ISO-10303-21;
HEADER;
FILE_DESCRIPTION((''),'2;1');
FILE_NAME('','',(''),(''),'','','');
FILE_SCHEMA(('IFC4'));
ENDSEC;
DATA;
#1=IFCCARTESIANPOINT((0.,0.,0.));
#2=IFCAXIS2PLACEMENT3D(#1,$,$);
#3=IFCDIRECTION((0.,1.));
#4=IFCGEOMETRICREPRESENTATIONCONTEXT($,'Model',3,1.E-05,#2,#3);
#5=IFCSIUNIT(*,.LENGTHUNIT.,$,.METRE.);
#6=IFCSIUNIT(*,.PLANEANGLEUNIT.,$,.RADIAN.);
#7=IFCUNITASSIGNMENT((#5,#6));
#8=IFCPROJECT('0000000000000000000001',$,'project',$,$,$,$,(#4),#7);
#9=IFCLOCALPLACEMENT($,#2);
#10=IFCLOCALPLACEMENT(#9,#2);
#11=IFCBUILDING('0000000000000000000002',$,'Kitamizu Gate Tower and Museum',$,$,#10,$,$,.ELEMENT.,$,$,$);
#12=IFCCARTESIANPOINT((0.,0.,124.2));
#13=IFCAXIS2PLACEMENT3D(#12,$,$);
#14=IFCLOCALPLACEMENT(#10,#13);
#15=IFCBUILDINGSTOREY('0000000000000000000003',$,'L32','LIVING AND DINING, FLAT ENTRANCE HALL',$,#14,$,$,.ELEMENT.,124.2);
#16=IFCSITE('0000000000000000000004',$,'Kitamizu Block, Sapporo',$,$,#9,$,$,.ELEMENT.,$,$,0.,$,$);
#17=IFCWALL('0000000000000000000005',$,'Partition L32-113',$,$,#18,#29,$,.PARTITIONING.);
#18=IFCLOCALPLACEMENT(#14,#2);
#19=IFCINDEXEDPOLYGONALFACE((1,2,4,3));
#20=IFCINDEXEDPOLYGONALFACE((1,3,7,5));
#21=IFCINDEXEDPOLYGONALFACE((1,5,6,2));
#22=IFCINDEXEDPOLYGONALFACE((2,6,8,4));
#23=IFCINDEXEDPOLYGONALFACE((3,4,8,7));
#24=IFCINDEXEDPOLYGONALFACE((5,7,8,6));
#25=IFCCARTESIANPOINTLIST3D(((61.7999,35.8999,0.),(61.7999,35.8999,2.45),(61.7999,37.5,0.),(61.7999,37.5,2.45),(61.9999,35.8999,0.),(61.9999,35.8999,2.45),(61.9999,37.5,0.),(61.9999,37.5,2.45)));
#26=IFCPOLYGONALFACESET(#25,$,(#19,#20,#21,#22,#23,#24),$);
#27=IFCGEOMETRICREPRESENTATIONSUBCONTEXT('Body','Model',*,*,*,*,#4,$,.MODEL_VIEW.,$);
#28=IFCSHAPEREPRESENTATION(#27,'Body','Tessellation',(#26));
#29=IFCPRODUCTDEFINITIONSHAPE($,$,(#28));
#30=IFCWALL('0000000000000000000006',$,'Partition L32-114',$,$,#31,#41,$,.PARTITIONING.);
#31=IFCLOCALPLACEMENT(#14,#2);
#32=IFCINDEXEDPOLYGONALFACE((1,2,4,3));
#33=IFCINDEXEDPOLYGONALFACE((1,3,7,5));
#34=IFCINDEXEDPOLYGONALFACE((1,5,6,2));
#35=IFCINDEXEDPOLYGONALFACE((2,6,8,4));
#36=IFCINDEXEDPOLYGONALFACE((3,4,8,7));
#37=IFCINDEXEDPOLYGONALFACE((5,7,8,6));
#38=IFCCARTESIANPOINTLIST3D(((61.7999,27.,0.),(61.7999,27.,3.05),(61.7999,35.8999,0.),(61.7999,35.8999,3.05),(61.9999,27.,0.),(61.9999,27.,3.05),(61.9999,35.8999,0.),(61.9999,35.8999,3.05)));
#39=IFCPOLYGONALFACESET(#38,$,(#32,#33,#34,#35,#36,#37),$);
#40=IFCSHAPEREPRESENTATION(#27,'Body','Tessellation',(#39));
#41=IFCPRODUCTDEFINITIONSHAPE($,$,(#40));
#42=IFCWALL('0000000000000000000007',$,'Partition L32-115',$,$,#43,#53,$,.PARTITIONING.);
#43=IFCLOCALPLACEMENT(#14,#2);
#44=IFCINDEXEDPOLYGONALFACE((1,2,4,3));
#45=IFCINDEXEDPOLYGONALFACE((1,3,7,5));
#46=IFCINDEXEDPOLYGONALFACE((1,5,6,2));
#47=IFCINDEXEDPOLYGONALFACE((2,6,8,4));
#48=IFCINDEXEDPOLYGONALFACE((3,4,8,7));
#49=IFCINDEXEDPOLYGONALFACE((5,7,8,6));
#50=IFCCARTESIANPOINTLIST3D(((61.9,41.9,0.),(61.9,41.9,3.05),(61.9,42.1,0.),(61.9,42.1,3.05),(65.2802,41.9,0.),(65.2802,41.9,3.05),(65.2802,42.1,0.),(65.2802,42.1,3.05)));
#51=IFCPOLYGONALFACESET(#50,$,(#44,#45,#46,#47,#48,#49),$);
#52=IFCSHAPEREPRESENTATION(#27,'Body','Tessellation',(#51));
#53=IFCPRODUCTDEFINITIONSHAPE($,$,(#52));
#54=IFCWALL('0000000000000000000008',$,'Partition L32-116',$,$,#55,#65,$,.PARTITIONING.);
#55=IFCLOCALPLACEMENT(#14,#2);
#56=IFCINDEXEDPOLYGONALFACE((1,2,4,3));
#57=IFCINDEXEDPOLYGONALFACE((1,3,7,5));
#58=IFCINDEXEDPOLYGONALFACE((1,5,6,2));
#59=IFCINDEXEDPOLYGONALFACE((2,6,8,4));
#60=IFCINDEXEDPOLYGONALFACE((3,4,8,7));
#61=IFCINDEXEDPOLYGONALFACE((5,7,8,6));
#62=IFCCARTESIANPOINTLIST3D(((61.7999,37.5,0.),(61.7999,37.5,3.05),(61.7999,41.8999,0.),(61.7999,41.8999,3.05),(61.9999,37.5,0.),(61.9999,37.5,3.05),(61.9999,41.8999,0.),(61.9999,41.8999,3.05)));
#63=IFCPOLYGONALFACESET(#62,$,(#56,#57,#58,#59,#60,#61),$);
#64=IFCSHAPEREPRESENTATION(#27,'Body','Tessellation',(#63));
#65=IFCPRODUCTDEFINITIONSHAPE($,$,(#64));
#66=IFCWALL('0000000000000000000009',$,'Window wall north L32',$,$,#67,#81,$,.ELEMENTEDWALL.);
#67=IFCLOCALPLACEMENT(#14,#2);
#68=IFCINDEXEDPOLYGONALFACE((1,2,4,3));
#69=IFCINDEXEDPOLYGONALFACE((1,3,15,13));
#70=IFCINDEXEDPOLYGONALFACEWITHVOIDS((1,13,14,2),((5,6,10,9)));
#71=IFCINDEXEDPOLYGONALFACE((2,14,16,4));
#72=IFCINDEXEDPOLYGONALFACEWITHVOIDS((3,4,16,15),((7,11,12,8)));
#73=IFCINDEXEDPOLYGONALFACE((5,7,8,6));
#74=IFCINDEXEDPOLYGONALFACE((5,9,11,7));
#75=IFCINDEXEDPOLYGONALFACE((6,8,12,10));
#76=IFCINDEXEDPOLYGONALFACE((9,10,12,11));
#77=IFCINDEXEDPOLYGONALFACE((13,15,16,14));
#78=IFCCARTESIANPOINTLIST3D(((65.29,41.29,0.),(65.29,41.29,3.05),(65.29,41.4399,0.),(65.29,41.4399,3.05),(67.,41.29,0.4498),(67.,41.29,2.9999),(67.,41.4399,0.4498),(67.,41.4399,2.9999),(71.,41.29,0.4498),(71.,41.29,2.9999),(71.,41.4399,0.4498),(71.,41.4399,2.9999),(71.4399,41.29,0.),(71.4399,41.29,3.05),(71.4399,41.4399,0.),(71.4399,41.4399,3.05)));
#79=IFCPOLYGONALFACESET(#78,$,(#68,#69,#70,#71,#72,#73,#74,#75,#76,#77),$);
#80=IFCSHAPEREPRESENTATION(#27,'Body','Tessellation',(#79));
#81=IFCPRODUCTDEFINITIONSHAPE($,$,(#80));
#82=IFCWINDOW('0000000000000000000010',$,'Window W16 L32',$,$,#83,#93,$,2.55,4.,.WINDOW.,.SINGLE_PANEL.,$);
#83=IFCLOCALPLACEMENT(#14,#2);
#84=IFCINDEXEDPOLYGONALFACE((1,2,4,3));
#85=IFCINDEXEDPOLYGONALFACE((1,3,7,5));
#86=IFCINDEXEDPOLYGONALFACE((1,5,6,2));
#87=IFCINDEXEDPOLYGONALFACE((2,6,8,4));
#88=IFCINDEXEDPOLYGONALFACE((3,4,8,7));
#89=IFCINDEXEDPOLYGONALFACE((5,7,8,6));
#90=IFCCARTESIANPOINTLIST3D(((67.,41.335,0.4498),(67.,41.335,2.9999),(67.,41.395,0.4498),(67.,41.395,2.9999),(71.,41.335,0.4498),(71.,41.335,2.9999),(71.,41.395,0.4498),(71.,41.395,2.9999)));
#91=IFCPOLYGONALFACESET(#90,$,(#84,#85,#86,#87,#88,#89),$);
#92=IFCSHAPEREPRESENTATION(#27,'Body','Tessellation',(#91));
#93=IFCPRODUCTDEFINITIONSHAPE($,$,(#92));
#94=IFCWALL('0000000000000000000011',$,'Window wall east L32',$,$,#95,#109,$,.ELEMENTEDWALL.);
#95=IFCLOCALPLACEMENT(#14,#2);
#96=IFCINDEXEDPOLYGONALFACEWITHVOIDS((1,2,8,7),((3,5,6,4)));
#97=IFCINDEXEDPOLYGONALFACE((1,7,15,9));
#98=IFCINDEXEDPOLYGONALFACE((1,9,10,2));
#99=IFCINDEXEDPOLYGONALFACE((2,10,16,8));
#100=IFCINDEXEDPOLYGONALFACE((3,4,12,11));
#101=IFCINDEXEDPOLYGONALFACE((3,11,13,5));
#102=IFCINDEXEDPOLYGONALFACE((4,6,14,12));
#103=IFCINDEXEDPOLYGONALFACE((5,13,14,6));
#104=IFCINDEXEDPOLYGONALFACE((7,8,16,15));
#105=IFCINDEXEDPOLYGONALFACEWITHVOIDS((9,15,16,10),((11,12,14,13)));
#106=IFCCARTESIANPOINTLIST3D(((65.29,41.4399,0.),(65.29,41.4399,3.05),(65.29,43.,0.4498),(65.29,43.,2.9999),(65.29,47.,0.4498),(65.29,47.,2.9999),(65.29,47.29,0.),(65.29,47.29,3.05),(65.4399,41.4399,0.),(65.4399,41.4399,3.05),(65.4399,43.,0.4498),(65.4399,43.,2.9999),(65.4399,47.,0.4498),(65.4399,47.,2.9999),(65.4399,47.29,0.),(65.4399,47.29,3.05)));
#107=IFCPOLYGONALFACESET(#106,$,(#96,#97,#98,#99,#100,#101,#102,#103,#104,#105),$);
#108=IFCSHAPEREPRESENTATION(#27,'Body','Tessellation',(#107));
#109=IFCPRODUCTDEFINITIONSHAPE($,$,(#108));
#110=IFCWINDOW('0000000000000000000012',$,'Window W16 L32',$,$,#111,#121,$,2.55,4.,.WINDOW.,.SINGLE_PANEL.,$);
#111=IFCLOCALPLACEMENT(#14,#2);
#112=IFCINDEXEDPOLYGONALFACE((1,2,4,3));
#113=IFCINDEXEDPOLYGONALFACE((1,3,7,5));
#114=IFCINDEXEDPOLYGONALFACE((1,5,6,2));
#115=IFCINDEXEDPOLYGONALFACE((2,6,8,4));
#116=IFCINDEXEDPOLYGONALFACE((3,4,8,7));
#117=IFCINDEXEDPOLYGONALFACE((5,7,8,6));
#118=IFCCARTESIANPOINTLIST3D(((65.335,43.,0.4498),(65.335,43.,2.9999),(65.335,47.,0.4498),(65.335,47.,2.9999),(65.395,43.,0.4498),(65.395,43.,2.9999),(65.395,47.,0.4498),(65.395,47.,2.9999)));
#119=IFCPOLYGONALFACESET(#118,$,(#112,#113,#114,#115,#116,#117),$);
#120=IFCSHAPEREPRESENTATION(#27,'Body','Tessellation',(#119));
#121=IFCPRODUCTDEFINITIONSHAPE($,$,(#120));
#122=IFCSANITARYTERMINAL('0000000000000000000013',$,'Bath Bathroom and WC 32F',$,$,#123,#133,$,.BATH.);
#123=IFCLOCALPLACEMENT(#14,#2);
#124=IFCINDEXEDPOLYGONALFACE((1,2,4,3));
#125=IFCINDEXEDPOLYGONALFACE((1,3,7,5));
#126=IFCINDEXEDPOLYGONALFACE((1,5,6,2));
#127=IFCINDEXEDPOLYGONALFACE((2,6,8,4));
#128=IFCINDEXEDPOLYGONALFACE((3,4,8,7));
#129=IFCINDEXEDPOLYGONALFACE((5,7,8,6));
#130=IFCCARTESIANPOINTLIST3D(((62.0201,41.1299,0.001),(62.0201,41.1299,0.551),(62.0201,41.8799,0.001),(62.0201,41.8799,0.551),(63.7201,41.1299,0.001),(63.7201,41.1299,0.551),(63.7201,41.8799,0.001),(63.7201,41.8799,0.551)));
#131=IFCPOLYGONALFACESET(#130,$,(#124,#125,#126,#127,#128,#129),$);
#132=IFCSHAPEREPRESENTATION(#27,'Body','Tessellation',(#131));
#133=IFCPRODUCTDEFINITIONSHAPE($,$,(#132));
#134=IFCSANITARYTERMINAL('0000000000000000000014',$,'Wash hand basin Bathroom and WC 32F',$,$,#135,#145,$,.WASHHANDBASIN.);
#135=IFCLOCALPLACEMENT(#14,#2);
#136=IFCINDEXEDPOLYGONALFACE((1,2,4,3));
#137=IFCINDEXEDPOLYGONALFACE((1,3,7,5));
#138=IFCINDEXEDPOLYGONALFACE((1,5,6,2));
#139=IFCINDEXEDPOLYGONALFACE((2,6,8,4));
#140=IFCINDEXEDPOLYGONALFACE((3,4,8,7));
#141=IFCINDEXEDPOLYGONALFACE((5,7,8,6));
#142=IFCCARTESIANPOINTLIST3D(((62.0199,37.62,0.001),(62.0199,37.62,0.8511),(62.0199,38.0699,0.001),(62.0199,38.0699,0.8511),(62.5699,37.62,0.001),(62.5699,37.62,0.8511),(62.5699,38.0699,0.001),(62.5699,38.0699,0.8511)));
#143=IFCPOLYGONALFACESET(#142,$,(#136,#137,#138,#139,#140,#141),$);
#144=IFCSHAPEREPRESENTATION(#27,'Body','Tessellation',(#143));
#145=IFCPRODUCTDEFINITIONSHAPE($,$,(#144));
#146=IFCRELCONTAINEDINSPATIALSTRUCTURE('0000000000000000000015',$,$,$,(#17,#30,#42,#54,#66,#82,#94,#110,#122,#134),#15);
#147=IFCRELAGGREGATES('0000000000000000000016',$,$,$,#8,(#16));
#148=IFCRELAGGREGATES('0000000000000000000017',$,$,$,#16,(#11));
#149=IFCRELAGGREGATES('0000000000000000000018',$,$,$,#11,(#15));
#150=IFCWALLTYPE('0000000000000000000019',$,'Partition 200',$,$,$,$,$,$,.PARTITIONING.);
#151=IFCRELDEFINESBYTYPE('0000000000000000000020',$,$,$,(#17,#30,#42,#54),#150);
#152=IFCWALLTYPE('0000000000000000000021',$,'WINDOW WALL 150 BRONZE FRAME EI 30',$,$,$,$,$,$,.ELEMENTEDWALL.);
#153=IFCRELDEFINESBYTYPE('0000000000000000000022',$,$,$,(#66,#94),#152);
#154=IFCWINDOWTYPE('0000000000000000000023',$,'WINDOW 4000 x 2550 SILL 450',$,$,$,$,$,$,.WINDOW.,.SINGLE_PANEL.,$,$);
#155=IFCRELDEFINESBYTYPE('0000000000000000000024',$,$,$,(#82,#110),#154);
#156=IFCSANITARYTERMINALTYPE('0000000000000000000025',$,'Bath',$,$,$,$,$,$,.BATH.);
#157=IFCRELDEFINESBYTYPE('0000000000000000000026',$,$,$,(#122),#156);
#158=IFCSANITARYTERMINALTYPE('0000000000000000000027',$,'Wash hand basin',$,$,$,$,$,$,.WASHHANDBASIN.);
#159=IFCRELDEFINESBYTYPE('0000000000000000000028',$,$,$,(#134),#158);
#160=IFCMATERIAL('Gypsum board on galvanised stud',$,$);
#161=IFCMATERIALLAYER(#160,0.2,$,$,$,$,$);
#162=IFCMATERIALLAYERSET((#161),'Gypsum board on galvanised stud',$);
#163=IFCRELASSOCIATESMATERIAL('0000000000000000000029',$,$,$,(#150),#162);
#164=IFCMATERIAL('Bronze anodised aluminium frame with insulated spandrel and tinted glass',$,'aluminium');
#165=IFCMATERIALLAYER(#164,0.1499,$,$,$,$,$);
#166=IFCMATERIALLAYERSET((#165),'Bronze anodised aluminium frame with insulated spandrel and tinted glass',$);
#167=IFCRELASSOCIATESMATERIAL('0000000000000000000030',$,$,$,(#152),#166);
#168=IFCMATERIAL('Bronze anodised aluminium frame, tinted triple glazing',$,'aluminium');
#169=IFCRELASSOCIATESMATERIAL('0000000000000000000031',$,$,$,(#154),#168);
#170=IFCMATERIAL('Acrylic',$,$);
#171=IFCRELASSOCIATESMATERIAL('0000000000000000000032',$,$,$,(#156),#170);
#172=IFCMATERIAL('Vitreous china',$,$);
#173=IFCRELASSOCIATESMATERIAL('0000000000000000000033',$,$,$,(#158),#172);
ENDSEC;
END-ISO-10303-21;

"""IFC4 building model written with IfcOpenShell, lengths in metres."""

from ifc_helpers import new_model, si_unit, direction, frame, frame_2d, origin, origin_2d, place, context, subcontext, project, spatial, rectangle, extrude, material, layer, layer_set, type_object, element, fill, save


model = new_model("IFC4")

# Units and contexts
model_context = context("Model", 3, precision=1e-05, world=origin(), true_north=direction((0.0, 1.0)))
body_context = subcontext(model_context, "Body", "Model", "MODEL_VIEW")
ifc_project = project(units=[si_unit("LENGTHUNIT", "METRE"), si_unit("PLANEANGLEUNIT", "RADIAN")], contexts=[model_context])

# Site, building, storey
site_placement = place(None, origin())
site = spatial("IfcSite", under=ifc_project, at=site_placement, Name="Kitamizu Block, Sapporo", CompositionType="ELEMENT", RefElevation=0.0)
building_placement = place(site_placement, origin())
building = spatial("IfcBuilding", under=site, at=building_placement, Name="Kitamizu Gate Tower and Museum", CompositionType="ELEMENT")
storey_placement = place(building_placement, frame((0.0, 0.0, 124.2)))
storey = spatial("IfcBuildingStorey", under=building, at=storey_placement, Name="L32", Description="LIVING AND DINING, FLAT ENTRANCE HALL", CompositionType="ELEMENT", Elevation=124.2)

# Walls
ifc_material_1 = material(Name="Gypsum board on galvanised stud")
ifc_layer_1 = layer(ifc_material_1, 0.2)
ifc_layer_set_1 = layer_set([ifc_layer_1], Name="Gypsum board on galvanised stud")
wall_type_1 = type_object("IfcWallType", Name="Partition 200", PredefinedType="PARTITIONING", material=ifc_layer_set_1)
wall_1_placement = place(storey_placement, frame((61.8999, 37.5, 0.0), z_axis=(0.0, 0.0, 1.0), x_axis=(0.0, -1.0, 0.0)))
element("IfcWall", 1, at=wall_1_placement, inside=storey, type_object=wall_type_1, Name="Partition L32-113", PredefinedType="PARTITIONING", context=body_context, shape_type="SweptSolid", body=[
    extrude(rectangle(XDim=1.6001, YDim=0.2, at=frame_2d((0.8, 0.0))), origin(), (0.0, 0.0, 1.0), 2.45),
])
wall_2_placement = place(storey_placement, frame((61.8999, 35.8999, 0.0), z_axis=(0.0, 0.0, 1.0), x_axis=(0.0, -1.0, 0.0)))
element("IfcWall", 2, at=wall_2_placement, inside=storey, type_object=wall_type_1, Name="Partition L32-114", PredefinedType="PARTITIONING", context=body_context, shape_type="SweptSolid", body=[
    extrude(rectangle(XDim=8.8999, YDim=0.2, at=frame_2d((4.45, 0.0))), origin(), (0.0, 0.0, 1.0), 3.05),
])
wall_3_placement = place(storey_placement, frame((65.28, 42.0, 0.0), z_axis=(0.0, 0.0, 1.0), x_axis=(-1.0, 0.0, 0.0)))
element("IfcWall", 3, at=wall_3_placement, inside=storey, type_object=wall_type_1, Name="Partition L32-115", PredefinedType="PARTITIONING", context=body_context, shape_type="SweptSolid", body=[
    extrude(rectangle(XDim=3.3801, YDim=0.2, at=frame_2d((1.6899, 0.0))), origin(), (0.0, 0.0, 1.0), 3.05),
])
wall_4_placement = place(storey_placement, frame((61.8999, 41.8999, 0.0), z_axis=(0.0, 0.0, 1.0), x_axis=(0.0, -1.0, 0.0)))
element("IfcWall", 4, at=wall_4_placement, inside=storey, type_object=wall_type_1, Name="Partition L32-116", PredefinedType="PARTITIONING", context=body_context, shape_type="SweptSolid", body=[
    extrude(rectangle(XDim=4.3999, YDim=0.2, at=frame_2d((2.2, 0.0))), origin(), (0.0, 0.0, 1.0), 3.05),
])

# Walls, openings, windows
ifc_material_2 = material(Name="Bronze anodised aluminium frame with insulated spandrel and tinted glass", Category="aluminium")
ifc_layer_2 = layer(ifc_material_2, 0.1499)
ifc_layer_set_2 = layer_set([ifc_layer_2], Name="Bronze anodised aluminium frame with insulated spandrel and tinted glass")
wall_type_2 = type_object("IfcWallType", Name="WINDOW WALL 150 BRONZE FRAME EI 30", PredefinedType="ELEMENTEDWALL", material=ifc_layer_set_2)
wall_5_placement = place(storey_placement, frame((65.29, 41.365, 0.0), z_axis=(0.0, 0.0, 1.0), x_axis=(1.0, 0.0, 0.0)))
wall_5 = element("IfcWall", 5, at=wall_5_placement, inside=storey, type_object=wall_type_2, Name="Window wall north L32", PredefinedType="ELEMENTEDWALL", context=body_context, shape_type="SweptSolid", body=[
    extrude(rectangle(XDim=6.1499, YDim=0.1499, at=frame_2d((3.075, 0.0))), origin(), (0.0, 0.0, 1.0), 3.05),
])
opening_1_placement = place(wall_5_placement, frame((1.71, 0.0, 0.45)))
opening_1 = element("IfcOpeningElement", 6, at=opening_1_placement, cuts=wall_5, PredefinedType="OPENING", context=body_context, shape_type="SweptSolid", body=[
    extrude(rectangle(XDim=4.0, YDim=2.55, at=frame_2d((2.0, 1.2749))), frame((0.0, 0.085, 0.0), z_axis=(0.0, -1.0, 0.0), x_axis=(1.0, 0.0, 0.0)), (0.0, 0.0, 1.0), 0.1699),
])
ifc_material_3 = material(Name="Bronze anodised aluminium frame, tinted triple glazing", Category="aluminium")
window_type = type_object("IfcWindowType", Name="WINDOW 4000 x 2550 SILL 450", PartitioningType="SINGLE_PANEL", PredefinedType="WINDOW", material=ifc_material_3)
window_1_placement = place(opening_1_placement, origin())
window_1 = element("IfcWindow", 7, at=window_1_placement, inside=storey, type_object=window_type, Name="Window W16 L32", OverallHeight=2.55, OverallWidth=4.0, PartitioningType="SINGLE_PANEL", PredefinedType="WINDOW", context=body_context, shape_type="SweptSolid", body=[
    extrude(rectangle(XDim=4.0, YDim=2.55, at=frame_2d((2.0, 1.2749))), frame((0.0, 0.03, 0.0), z_axis=(0.0, -1.0, 0.0), x_axis=(1.0, 0.0, 0.0)), (0.0, 0.0, 1.0), 0.0601),
])
fill(opening_1, window_1)
wall_6_placement = place(storey_placement, frame((65.365, 41.4399, 0.0), z_axis=(0.0, 0.0, 1.0), x_axis=(0.0, 1.0, 0.0)))
wall_6 = element("IfcWall", 8, at=wall_6_placement, inside=storey, type_object=wall_type_2, Name="Window wall east L32", PredefinedType="ELEMENTEDWALL", context=body_context, shape_type="SweptSolid", body=[
    extrude(rectangle(XDim=5.8501, YDim=0.1499, at=frame_2d((2.925, 0.0))), origin(), (0.0, 0.0, 1.0), 3.05),
])
opening_2_placement = place(wall_6_placement, frame((1.5601, 0.0, 0.45)))
opening_2 = element("IfcOpeningElement", 9, at=opening_2_placement, cuts=wall_6, PredefinedType="OPENING", context=body_context, shape_type="SweptSolid", body=[
    extrude(rectangle(XDim=4.0, YDim=2.55, at=frame_2d((2.0, 1.2749))), frame((0.0, 0.085, 0.0), z_axis=(0.0, -1.0, 0.0), x_axis=(1.0, 0.0, 0.0)), (0.0, 0.0, 1.0), 0.1699),
])
window_2_placement = place(opening_2_placement, origin())
window_2 = element("IfcWindow", 10, at=window_2_placement, inside=storey, type_object=window_type, Name="Window W16 L32", OverallHeight=2.55, OverallWidth=4.0, PartitioningType="SINGLE_PANEL", PredefinedType="WINDOW", context=body_context, shape_type="SweptSolid", body=[
    extrude(rectangle(XDim=4.0, YDim=2.55, at=frame_2d((2.0, 1.2749))), frame((0.0, 0.03, 0.0), z_axis=(0.0, -1.0, 0.0), x_axis=(1.0, 0.0, 0.0)), (0.0, 0.0, 1.0), 0.0601),
])
fill(opening_2, window_2)

# Sanitary terminals
ifc_material_4 = material(Name="Acrylic")
sanitary_terminal_type_1 = type_object("IfcSanitaryTerminalType", Name="Bath", PredefinedType="BATH", material=ifc_material_4)
sanitary_terminal_1_placement = place(storey_placement, frame((62.8701, 41.5049, 0.001), z_axis=(0.0, 0.0, 1.0), x_axis=(1.0, 0.0, 0.0)))
element("IfcSanitaryTerminal", 11, at=sanitary_terminal_1_placement, inside=storey, type_object=sanitary_terminal_type_1, Name="Bath Bathroom and WC 32F", PredefinedType="BATH", context=body_context, shape_type="SweptSolid", body=[
    extrude(rectangle(XDim=1.7, YDim=0.75, at=origin_2d()), origin(), (0.0, 0.0, 1.0), 0.55),
])
ifc_material_5 = material(Name="Vitreous china")
sanitary_terminal_type_2 = type_object("IfcSanitaryTerminalType", Name="Wash hand basin", PredefinedType="WASHHANDBASIN", material=ifc_material_5)
sanitary_terminal_2_placement = place(storey_placement, frame((62.2949, 37.845, 0.001), z_axis=(0.0, 0.0, 1.0), x_axis=(1.0, 0.0, 0.0)))
element("IfcSanitaryTerminal", 12, at=sanitary_terminal_2_placement, inside=storey, type_object=sanitary_terminal_type_2, Name="Wash hand basin Bathroom and WC 32F", PredefinedType="WASHHANDBASIN", context=body_context, shape_type="SweptSolid", body=[
    extrude(rectangle(XDim=0.55, YDim=0.45, at=origin_2d()), origin(), (0.0, 0.0, 1.0), 0.8501),
])

save(model, "model.ifc")
